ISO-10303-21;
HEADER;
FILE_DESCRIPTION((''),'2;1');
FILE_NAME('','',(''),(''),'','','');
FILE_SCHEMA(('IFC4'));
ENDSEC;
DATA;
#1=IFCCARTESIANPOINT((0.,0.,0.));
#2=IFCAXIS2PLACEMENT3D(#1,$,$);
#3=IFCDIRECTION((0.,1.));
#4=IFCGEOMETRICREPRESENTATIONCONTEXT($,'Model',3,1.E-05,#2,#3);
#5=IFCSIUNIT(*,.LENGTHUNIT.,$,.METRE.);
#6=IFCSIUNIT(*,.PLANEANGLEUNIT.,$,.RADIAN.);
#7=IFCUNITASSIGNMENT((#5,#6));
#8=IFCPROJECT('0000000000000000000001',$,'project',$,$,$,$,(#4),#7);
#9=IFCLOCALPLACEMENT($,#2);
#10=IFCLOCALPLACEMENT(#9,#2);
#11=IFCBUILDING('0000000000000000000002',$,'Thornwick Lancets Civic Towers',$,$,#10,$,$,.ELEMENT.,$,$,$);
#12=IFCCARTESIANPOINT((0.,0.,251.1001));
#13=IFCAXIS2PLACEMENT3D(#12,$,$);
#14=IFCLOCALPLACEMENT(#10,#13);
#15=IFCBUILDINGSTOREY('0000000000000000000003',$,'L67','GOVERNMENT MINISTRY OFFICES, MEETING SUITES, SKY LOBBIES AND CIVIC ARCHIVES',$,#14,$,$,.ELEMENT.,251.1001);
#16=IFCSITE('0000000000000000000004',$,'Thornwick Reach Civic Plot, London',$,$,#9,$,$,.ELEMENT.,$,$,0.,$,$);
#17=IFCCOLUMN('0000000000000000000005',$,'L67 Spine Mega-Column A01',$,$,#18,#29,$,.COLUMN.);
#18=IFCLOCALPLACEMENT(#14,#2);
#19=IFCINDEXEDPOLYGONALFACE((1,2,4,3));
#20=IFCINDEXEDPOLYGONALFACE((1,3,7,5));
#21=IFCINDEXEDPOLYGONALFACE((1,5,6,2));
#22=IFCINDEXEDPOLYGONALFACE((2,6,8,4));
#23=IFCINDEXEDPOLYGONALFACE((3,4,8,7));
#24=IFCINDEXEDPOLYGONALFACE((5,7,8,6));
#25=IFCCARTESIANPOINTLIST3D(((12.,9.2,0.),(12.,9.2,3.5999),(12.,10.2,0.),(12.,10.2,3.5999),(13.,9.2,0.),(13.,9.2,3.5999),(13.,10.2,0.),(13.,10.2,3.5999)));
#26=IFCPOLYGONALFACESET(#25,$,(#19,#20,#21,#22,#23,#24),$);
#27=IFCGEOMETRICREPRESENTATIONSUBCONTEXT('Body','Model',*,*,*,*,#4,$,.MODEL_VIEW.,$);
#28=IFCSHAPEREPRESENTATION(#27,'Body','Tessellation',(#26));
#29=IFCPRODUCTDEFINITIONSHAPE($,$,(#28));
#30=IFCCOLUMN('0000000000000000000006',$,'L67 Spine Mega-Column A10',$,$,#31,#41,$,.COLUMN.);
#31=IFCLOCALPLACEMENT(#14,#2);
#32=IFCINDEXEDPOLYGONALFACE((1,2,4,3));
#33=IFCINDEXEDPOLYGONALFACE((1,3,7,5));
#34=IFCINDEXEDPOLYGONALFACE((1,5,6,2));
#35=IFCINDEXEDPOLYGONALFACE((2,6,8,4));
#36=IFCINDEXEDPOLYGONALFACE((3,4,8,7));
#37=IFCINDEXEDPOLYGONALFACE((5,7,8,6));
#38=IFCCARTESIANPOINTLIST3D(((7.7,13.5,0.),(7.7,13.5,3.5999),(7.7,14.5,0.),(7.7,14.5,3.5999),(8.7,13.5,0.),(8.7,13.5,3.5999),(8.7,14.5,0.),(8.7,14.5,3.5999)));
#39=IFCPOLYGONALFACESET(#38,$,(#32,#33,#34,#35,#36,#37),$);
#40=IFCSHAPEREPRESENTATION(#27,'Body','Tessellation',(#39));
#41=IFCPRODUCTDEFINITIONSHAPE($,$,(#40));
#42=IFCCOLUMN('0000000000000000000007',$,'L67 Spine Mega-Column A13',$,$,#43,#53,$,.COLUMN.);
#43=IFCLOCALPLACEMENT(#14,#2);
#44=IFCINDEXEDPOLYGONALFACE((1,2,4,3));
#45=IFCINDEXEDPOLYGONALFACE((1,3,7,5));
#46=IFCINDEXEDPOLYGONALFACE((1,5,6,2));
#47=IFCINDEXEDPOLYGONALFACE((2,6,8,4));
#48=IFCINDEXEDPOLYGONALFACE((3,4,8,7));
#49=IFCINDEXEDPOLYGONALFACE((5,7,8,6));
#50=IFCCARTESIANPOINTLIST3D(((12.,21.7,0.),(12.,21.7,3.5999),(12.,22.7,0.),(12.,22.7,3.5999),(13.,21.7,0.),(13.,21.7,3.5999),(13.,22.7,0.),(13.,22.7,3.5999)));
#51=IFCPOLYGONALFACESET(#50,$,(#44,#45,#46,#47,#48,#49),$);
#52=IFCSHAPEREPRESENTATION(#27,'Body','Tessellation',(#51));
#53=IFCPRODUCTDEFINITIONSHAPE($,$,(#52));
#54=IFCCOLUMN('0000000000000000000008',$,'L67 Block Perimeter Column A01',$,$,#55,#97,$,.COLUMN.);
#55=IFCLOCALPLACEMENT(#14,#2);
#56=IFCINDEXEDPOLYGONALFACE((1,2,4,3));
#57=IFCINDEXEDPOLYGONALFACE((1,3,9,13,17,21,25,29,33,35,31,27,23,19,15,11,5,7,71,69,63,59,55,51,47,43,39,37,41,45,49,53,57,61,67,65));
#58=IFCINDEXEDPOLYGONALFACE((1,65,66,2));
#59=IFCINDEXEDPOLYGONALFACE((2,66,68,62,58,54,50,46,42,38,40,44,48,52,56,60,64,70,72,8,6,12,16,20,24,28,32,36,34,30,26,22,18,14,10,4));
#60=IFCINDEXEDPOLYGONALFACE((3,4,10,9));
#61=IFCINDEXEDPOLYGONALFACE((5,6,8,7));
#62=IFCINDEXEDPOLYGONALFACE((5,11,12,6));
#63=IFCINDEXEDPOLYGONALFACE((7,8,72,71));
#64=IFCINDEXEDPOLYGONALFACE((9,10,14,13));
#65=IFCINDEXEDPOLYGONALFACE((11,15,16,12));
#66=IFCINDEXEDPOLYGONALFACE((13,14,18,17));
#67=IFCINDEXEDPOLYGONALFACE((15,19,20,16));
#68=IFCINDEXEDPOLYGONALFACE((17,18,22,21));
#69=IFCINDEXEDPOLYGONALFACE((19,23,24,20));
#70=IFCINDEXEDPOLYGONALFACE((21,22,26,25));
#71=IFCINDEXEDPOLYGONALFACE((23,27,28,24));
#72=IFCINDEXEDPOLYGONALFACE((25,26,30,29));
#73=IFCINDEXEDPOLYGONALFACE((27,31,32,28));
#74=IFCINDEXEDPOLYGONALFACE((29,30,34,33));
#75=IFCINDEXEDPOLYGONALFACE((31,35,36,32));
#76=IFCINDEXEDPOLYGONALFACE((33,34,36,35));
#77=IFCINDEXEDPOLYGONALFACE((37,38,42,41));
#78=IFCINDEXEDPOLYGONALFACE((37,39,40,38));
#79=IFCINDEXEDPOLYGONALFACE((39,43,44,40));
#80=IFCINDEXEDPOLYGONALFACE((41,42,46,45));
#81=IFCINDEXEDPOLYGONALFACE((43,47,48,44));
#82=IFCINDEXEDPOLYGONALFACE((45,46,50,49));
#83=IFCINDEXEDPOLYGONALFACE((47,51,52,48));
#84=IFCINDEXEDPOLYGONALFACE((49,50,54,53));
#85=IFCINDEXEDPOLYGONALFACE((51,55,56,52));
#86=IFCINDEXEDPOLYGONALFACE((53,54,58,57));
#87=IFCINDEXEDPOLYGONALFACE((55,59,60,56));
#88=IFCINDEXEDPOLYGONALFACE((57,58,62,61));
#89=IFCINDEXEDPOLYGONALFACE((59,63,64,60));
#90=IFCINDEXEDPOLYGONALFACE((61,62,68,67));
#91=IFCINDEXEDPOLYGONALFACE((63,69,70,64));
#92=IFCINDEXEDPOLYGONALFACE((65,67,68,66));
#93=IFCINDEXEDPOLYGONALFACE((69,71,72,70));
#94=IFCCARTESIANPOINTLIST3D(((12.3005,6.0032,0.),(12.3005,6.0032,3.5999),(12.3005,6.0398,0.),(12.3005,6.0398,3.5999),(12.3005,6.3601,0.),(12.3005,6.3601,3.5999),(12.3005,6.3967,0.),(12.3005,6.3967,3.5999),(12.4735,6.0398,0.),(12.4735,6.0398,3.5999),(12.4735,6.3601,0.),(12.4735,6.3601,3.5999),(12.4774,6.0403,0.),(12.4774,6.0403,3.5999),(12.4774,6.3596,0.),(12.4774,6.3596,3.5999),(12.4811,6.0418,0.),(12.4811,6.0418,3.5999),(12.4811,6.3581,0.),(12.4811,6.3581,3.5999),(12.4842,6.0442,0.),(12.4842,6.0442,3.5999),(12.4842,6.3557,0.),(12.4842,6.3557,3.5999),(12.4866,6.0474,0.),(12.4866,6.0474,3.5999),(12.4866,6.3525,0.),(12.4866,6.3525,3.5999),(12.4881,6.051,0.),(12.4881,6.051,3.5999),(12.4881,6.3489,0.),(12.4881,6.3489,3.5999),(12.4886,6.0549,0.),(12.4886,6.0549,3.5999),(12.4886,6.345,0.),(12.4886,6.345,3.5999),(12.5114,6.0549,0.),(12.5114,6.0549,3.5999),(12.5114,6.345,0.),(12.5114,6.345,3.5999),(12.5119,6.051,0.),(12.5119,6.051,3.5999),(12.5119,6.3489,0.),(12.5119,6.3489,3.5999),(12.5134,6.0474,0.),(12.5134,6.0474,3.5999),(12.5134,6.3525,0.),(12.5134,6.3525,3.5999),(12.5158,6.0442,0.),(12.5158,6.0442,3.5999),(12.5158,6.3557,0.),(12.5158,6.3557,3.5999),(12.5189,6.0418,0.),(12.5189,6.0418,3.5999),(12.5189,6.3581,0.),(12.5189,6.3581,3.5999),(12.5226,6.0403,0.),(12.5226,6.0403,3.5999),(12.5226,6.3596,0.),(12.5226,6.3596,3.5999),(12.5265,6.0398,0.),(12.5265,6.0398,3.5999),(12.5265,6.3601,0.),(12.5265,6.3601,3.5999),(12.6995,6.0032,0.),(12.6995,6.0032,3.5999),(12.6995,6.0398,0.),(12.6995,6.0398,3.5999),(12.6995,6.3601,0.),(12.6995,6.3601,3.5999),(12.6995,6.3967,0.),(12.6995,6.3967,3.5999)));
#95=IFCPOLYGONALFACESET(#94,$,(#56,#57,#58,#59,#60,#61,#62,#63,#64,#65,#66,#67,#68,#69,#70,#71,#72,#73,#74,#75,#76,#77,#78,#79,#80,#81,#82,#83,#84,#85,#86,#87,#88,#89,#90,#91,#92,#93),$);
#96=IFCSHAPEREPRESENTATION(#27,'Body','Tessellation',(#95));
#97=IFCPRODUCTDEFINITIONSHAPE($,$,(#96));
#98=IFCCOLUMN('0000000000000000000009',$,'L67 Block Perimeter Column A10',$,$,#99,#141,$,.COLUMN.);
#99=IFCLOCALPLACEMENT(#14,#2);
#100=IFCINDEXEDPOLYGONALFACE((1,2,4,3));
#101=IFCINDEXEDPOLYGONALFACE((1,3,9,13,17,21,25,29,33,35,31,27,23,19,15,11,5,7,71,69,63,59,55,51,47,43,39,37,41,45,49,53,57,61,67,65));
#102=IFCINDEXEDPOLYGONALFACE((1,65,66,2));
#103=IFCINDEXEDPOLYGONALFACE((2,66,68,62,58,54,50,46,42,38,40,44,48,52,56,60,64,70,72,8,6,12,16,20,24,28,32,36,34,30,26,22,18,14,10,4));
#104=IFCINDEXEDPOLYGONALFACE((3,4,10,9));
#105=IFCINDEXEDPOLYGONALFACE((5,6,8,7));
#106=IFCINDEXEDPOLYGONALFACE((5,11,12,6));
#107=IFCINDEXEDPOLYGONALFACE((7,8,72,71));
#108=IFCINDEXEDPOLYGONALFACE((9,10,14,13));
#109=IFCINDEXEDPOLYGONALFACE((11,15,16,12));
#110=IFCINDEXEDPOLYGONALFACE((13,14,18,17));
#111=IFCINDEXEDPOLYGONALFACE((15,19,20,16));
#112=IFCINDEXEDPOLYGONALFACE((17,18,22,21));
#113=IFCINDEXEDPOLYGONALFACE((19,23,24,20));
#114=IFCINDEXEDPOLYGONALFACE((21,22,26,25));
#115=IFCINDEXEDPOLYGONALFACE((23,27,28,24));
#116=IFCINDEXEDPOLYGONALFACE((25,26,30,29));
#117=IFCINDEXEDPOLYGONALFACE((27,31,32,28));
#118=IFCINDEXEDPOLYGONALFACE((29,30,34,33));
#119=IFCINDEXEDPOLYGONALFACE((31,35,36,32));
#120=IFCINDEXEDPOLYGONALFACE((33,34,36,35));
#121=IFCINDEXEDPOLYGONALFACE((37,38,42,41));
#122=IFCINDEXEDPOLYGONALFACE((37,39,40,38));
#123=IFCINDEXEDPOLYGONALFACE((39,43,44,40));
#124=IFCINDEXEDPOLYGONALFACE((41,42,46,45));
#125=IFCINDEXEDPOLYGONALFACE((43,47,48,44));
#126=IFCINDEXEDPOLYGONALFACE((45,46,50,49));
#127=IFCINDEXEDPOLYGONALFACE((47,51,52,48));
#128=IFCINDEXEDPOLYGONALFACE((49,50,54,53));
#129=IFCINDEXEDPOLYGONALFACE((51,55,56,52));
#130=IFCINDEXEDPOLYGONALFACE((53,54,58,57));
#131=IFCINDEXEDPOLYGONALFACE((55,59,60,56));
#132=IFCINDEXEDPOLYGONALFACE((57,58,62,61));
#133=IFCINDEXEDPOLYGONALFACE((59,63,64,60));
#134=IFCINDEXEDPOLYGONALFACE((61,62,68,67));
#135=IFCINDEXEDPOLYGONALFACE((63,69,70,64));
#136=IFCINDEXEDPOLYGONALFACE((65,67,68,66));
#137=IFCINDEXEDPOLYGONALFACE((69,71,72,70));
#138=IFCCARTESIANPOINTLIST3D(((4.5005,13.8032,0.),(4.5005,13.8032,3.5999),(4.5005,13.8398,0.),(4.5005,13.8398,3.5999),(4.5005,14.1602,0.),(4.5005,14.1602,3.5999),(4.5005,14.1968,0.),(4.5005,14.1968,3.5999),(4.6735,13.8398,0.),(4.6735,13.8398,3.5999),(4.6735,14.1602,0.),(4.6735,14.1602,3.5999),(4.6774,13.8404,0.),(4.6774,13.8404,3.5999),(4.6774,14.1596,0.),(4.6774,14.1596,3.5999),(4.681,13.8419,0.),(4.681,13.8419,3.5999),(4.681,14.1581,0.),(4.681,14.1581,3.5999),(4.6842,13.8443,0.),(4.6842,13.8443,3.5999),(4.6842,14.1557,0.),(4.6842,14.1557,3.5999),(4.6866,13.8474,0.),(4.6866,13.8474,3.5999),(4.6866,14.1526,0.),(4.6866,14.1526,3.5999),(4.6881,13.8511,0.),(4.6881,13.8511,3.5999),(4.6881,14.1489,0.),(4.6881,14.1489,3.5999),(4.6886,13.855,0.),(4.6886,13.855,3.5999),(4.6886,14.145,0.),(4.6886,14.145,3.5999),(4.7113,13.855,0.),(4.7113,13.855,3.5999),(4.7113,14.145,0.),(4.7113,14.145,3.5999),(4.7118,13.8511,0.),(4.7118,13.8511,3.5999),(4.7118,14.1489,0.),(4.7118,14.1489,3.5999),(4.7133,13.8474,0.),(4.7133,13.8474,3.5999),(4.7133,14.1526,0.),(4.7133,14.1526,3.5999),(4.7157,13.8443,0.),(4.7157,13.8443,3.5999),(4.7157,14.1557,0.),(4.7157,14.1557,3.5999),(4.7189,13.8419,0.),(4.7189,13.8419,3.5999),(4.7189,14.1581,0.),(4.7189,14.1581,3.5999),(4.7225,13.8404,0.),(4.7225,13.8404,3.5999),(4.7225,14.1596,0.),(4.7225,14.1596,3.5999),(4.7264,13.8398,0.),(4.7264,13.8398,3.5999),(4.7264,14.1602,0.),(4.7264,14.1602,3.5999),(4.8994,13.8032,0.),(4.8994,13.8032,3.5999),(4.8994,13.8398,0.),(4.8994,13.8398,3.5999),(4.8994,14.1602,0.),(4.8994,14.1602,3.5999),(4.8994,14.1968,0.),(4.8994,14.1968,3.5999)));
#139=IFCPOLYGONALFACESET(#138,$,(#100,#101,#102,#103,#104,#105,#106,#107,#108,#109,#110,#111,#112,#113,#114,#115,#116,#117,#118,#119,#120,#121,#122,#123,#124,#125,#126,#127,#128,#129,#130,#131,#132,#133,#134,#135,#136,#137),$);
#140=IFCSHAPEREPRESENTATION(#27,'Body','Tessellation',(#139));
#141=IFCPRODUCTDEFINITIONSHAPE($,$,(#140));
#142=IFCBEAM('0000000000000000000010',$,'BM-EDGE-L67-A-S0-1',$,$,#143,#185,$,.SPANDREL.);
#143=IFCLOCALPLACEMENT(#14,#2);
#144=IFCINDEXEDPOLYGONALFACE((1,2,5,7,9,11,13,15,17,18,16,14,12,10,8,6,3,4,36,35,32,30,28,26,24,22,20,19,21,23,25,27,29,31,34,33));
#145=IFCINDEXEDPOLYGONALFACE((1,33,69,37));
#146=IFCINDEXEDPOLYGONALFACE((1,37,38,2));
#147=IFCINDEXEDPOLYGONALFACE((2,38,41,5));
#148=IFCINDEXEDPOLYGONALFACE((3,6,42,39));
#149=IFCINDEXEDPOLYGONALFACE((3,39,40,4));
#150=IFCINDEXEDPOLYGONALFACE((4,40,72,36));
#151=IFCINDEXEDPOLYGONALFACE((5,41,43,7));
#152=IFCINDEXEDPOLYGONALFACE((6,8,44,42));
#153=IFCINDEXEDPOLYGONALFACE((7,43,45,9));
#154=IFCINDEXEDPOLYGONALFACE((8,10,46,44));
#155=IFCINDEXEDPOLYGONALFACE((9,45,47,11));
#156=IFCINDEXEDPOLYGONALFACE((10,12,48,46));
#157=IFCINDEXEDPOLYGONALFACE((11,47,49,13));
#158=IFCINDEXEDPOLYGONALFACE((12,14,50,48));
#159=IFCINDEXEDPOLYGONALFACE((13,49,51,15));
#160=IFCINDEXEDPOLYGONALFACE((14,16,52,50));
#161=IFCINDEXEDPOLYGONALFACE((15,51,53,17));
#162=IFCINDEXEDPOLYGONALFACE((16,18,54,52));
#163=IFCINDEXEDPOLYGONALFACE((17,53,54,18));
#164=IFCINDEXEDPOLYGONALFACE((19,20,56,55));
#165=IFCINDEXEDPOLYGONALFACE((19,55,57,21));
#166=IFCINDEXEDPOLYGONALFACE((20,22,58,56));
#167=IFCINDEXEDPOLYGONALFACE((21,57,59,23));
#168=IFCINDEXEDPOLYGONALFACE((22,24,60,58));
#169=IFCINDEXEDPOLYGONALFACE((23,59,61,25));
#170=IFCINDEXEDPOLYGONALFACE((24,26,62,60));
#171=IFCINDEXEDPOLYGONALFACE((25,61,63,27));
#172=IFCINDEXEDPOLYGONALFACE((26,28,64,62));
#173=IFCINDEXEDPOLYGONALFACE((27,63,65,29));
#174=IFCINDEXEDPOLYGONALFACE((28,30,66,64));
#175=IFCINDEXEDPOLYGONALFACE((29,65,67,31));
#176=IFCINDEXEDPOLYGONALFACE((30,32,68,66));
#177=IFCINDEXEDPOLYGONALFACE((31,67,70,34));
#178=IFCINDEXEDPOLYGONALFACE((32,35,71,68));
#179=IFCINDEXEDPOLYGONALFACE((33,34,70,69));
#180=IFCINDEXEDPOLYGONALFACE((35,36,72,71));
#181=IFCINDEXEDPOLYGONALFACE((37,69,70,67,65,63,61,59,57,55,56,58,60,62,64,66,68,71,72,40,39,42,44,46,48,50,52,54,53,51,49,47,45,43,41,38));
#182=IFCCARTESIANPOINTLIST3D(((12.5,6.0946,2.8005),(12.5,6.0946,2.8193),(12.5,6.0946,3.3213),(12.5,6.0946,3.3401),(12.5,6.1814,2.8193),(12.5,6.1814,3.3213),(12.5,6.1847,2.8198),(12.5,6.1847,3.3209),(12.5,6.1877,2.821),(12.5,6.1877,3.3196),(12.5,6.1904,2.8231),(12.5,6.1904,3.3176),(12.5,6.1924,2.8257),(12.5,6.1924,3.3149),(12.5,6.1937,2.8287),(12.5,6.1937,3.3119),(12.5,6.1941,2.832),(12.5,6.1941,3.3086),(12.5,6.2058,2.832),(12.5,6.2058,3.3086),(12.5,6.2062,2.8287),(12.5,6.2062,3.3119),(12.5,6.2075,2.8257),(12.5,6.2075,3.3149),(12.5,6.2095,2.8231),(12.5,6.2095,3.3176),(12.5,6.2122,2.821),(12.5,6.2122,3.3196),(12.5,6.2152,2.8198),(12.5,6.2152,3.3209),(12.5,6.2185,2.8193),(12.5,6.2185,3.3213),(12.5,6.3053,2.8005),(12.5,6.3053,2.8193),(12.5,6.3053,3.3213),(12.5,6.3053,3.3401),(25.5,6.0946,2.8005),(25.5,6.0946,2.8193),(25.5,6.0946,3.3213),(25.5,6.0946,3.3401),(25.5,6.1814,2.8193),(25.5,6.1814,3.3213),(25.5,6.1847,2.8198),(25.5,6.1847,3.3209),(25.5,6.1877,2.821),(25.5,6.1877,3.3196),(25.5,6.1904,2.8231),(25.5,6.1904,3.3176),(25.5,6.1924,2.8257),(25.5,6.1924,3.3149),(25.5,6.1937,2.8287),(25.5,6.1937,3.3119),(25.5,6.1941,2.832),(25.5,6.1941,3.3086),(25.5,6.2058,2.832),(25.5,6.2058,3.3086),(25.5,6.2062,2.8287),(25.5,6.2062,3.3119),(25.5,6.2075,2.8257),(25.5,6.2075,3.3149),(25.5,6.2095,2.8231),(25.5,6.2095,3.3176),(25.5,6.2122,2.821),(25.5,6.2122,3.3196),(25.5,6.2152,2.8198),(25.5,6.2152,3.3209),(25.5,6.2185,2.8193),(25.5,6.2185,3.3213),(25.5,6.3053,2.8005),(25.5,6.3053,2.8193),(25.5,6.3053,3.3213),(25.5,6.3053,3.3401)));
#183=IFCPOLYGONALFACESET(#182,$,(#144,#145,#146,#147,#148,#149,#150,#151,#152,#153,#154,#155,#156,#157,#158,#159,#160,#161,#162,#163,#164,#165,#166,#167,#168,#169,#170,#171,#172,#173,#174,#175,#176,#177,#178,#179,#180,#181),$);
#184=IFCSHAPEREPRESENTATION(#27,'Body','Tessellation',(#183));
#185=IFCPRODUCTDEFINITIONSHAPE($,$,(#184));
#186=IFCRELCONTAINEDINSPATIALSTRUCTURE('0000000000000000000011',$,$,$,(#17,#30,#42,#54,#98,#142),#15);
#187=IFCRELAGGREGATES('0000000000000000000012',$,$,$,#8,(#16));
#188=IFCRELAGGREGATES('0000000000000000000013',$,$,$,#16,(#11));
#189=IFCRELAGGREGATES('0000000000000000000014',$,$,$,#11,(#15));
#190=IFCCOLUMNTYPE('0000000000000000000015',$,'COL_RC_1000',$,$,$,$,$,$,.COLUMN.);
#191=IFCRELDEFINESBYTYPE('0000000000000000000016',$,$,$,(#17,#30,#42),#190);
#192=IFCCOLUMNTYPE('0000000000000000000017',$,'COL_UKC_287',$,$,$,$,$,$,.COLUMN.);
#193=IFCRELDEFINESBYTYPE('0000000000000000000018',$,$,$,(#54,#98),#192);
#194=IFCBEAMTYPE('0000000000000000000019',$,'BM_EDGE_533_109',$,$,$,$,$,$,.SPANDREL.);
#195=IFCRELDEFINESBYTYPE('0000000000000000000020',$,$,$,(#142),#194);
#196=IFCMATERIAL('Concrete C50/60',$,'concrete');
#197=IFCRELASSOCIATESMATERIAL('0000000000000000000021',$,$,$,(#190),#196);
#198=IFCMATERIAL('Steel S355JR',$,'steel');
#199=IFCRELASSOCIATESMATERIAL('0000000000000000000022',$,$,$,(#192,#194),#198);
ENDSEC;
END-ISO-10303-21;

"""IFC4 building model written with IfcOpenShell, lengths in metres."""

from ifc_helpers import new_model, si_unit, direction, frame, origin, origin_2d, place, context, subcontext, project, spatial, rectangle, i_section, extrude, material, material_profile, profile_set, type_object, element, save


model = new_model("IFC4")

# Units and contexts
model_context = context("Model", 3, precision=1e-05, world=origin(), true_north=direction((0.0, 1.0)))
body_context = subcontext(model_context, "Body", "Model", "MODEL_VIEW")
ifc_project = project(units=[si_unit("LENGTHUNIT", "METRE"), si_unit("PLANEANGLEUNIT", "RADIAN")], contexts=[model_context])

# Site, building, storey
site_placement = place(None, origin())
site = spatial("IfcSite", under=ifc_project, at=site_placement, Name="Thornwick Reach Civic Plot, London", CompositionType="ELEMENT", RefElevation=0.0)
building_placement = place(site_placement, origin())
building = spatial("IfcBuilding", under=site, at=building_placement, Name="Thornwick Lancets Civic Towers", CompositionType="ELEMENT")
storey_placement = place(building_placement, frame((0.0, 0.0, 251.1001)))
storey = spatial("IfcBuildingStorey", under=building, at=storey_placement, Name="L67", Description="GOVERNMENT MINISTRY OFFICES, MEETING SUITES, SKY LOBBIES AND CIVIC ARCHIVES", CompositionType="ELEMENT", Elevation=251.1001)

# Columns
ifc_material_1 = material(Name="Concrete C50/60", Category="concrete")
ifc_material_profile_1 = material_profile(ifc_material_1, rectangle(XDim=1.0, YDim=1.0, at=origin_2d()), Name="RC 1000x1000")
ifc_profile_set_1 = profile_set([ifc_material_profile_1], Name="Concrete C50/60")
column_type_1 = type_object("IfcColumnType", Name="COL_RC_1000", PredefinedType="COLUMN", material=ifc_profile_set_1)
for number, where, z_axis, x_axis, name in (
    (1, (12.5, 9.7, 0.0), (0.0, 0.0, 1.0), (1.0, 0.0, 0.0), "L67 Spine Mega-Column A01"),
    (2, (8.2, 14.0, 0.0), (0.0, 0.0, 1.0), (1.0, 0.0, 0.0), "L67 Spine Mega-Column A10"),
    (3, (12.5, 22.2, 0.0), (0.0, 0.0, 1.0), (1.0, 0.0, 0.0), "L67 Spine Mega-Column A13"),
):
    element("IfcColumn", number, at=place(storey_placement, frame(where, z_axis=z_axis, x_axis=x_axis)), inside=storey, type_object=column_type_1, Name=name, PredefinedType="COLUMN", context=body_context, shape_type="SweptSolid", body=[
        extrude(rectangle(XDim=1.0, YDim=1.0, at=origin_2d()), origin(), (0.0, 0.0, 1.0), 3.5999),
    ])
ifc_material_2 = material(Name="Steel S355JR", Category="steel")
ifc_material_profile_2 = material_profile(ifc_material_2, i_section(OverallWidth=0.3989, OverallDepth=0.3936, WebThickness=0.0227, FlangeThickness=0.0366, FilletRadius=0.0151, at=origin_2d()), Name="UKC 356x406x287")
ifc_profile_set_2 = profile_set([ifc_material_profile_2], Name="Steel S355JR")
column_type_2 = type_object("IfcColumnType", Name="COL_UKC_287", PredefinedType="COLUMN", material=ifc_profile_set_2)
for number, where, z_axis, x_axis, name in (
    (4, (12.5, 6.2, 0.0), (0.0, 0.0, 1.0), (1.0, 0.0, 0.0), "L67 Block Perimeter Column A01"),
    (5, (4.7, 14.0, 0.0), (0.0, 0.0, 1.0), (1.0, 0.0, 0.0), "L67 Block Perimeter Column A10"),
):
    element("IfcColumn", number, at=place(storey_placement, frame(where, z_axis=z_axis, x_axis=x_axis)), inside=storey, type_object=column_type_2, Name=name, PredefinedType="COLUMN", context=body_context, shape_type="SweptSolid", body=[
        extrude(i_section(OverallWidth=0.3989, OverallDepth=0.3936, WebThickness=0.0227, FlangeThickness=0.0366, FilletRadius=0.0151, at=origin_2d()), origin(), (0.0, 0.0, 1.0), 3.5999),
    ])

# Beam
ifc_material_profile_3 = material_profile(ifc_material_2, i_section(OverallWidth=0.2107, OverallDepth=0.5396, WebThickness=0.0117, FlangeThickness=0.0188, FilletRadius=0.0127, at=origin_2d()), Name="UKB 533x210x109")
ifc_profile_set_3 = profile_set([ifc_material_profile_3], Name="Steel S355JR")
beam_type_1 = type_object("IfcBeamType", Name="BM_EDGE_533_109", PredefinedType="SPANDREL", material=ifc_profile_set_3)
for number, where, z_axis, x_axis, name in (
    (6, (12.5, 6.2, 3.0703), (1.0, 0.0, 0.0), (0.0, 1.0, 0.0), "BM-EDGE-L67-A-S0-1"),
):
    element("IfcBeam", number, at=place(storey_placement, frame(where, z_axis=z_axis, x_axis=x_axis)), inside=storey, type_object=beam_type_1, Name=name, PredefinedType="SPANDREL", context=body_context, shape_type="SweptSolid", body=[
        extrude(i_section(OverallWidth=0.2107, OverallDepth=0.5396, WebThickness=0.0117, FlangeThickness=0.0188, FilletRadius=0.0127, at=origin_2d()), origin(), (0.0, 0.0, 1.0), 13.0),
    ])

save(model, "model.ifc")
